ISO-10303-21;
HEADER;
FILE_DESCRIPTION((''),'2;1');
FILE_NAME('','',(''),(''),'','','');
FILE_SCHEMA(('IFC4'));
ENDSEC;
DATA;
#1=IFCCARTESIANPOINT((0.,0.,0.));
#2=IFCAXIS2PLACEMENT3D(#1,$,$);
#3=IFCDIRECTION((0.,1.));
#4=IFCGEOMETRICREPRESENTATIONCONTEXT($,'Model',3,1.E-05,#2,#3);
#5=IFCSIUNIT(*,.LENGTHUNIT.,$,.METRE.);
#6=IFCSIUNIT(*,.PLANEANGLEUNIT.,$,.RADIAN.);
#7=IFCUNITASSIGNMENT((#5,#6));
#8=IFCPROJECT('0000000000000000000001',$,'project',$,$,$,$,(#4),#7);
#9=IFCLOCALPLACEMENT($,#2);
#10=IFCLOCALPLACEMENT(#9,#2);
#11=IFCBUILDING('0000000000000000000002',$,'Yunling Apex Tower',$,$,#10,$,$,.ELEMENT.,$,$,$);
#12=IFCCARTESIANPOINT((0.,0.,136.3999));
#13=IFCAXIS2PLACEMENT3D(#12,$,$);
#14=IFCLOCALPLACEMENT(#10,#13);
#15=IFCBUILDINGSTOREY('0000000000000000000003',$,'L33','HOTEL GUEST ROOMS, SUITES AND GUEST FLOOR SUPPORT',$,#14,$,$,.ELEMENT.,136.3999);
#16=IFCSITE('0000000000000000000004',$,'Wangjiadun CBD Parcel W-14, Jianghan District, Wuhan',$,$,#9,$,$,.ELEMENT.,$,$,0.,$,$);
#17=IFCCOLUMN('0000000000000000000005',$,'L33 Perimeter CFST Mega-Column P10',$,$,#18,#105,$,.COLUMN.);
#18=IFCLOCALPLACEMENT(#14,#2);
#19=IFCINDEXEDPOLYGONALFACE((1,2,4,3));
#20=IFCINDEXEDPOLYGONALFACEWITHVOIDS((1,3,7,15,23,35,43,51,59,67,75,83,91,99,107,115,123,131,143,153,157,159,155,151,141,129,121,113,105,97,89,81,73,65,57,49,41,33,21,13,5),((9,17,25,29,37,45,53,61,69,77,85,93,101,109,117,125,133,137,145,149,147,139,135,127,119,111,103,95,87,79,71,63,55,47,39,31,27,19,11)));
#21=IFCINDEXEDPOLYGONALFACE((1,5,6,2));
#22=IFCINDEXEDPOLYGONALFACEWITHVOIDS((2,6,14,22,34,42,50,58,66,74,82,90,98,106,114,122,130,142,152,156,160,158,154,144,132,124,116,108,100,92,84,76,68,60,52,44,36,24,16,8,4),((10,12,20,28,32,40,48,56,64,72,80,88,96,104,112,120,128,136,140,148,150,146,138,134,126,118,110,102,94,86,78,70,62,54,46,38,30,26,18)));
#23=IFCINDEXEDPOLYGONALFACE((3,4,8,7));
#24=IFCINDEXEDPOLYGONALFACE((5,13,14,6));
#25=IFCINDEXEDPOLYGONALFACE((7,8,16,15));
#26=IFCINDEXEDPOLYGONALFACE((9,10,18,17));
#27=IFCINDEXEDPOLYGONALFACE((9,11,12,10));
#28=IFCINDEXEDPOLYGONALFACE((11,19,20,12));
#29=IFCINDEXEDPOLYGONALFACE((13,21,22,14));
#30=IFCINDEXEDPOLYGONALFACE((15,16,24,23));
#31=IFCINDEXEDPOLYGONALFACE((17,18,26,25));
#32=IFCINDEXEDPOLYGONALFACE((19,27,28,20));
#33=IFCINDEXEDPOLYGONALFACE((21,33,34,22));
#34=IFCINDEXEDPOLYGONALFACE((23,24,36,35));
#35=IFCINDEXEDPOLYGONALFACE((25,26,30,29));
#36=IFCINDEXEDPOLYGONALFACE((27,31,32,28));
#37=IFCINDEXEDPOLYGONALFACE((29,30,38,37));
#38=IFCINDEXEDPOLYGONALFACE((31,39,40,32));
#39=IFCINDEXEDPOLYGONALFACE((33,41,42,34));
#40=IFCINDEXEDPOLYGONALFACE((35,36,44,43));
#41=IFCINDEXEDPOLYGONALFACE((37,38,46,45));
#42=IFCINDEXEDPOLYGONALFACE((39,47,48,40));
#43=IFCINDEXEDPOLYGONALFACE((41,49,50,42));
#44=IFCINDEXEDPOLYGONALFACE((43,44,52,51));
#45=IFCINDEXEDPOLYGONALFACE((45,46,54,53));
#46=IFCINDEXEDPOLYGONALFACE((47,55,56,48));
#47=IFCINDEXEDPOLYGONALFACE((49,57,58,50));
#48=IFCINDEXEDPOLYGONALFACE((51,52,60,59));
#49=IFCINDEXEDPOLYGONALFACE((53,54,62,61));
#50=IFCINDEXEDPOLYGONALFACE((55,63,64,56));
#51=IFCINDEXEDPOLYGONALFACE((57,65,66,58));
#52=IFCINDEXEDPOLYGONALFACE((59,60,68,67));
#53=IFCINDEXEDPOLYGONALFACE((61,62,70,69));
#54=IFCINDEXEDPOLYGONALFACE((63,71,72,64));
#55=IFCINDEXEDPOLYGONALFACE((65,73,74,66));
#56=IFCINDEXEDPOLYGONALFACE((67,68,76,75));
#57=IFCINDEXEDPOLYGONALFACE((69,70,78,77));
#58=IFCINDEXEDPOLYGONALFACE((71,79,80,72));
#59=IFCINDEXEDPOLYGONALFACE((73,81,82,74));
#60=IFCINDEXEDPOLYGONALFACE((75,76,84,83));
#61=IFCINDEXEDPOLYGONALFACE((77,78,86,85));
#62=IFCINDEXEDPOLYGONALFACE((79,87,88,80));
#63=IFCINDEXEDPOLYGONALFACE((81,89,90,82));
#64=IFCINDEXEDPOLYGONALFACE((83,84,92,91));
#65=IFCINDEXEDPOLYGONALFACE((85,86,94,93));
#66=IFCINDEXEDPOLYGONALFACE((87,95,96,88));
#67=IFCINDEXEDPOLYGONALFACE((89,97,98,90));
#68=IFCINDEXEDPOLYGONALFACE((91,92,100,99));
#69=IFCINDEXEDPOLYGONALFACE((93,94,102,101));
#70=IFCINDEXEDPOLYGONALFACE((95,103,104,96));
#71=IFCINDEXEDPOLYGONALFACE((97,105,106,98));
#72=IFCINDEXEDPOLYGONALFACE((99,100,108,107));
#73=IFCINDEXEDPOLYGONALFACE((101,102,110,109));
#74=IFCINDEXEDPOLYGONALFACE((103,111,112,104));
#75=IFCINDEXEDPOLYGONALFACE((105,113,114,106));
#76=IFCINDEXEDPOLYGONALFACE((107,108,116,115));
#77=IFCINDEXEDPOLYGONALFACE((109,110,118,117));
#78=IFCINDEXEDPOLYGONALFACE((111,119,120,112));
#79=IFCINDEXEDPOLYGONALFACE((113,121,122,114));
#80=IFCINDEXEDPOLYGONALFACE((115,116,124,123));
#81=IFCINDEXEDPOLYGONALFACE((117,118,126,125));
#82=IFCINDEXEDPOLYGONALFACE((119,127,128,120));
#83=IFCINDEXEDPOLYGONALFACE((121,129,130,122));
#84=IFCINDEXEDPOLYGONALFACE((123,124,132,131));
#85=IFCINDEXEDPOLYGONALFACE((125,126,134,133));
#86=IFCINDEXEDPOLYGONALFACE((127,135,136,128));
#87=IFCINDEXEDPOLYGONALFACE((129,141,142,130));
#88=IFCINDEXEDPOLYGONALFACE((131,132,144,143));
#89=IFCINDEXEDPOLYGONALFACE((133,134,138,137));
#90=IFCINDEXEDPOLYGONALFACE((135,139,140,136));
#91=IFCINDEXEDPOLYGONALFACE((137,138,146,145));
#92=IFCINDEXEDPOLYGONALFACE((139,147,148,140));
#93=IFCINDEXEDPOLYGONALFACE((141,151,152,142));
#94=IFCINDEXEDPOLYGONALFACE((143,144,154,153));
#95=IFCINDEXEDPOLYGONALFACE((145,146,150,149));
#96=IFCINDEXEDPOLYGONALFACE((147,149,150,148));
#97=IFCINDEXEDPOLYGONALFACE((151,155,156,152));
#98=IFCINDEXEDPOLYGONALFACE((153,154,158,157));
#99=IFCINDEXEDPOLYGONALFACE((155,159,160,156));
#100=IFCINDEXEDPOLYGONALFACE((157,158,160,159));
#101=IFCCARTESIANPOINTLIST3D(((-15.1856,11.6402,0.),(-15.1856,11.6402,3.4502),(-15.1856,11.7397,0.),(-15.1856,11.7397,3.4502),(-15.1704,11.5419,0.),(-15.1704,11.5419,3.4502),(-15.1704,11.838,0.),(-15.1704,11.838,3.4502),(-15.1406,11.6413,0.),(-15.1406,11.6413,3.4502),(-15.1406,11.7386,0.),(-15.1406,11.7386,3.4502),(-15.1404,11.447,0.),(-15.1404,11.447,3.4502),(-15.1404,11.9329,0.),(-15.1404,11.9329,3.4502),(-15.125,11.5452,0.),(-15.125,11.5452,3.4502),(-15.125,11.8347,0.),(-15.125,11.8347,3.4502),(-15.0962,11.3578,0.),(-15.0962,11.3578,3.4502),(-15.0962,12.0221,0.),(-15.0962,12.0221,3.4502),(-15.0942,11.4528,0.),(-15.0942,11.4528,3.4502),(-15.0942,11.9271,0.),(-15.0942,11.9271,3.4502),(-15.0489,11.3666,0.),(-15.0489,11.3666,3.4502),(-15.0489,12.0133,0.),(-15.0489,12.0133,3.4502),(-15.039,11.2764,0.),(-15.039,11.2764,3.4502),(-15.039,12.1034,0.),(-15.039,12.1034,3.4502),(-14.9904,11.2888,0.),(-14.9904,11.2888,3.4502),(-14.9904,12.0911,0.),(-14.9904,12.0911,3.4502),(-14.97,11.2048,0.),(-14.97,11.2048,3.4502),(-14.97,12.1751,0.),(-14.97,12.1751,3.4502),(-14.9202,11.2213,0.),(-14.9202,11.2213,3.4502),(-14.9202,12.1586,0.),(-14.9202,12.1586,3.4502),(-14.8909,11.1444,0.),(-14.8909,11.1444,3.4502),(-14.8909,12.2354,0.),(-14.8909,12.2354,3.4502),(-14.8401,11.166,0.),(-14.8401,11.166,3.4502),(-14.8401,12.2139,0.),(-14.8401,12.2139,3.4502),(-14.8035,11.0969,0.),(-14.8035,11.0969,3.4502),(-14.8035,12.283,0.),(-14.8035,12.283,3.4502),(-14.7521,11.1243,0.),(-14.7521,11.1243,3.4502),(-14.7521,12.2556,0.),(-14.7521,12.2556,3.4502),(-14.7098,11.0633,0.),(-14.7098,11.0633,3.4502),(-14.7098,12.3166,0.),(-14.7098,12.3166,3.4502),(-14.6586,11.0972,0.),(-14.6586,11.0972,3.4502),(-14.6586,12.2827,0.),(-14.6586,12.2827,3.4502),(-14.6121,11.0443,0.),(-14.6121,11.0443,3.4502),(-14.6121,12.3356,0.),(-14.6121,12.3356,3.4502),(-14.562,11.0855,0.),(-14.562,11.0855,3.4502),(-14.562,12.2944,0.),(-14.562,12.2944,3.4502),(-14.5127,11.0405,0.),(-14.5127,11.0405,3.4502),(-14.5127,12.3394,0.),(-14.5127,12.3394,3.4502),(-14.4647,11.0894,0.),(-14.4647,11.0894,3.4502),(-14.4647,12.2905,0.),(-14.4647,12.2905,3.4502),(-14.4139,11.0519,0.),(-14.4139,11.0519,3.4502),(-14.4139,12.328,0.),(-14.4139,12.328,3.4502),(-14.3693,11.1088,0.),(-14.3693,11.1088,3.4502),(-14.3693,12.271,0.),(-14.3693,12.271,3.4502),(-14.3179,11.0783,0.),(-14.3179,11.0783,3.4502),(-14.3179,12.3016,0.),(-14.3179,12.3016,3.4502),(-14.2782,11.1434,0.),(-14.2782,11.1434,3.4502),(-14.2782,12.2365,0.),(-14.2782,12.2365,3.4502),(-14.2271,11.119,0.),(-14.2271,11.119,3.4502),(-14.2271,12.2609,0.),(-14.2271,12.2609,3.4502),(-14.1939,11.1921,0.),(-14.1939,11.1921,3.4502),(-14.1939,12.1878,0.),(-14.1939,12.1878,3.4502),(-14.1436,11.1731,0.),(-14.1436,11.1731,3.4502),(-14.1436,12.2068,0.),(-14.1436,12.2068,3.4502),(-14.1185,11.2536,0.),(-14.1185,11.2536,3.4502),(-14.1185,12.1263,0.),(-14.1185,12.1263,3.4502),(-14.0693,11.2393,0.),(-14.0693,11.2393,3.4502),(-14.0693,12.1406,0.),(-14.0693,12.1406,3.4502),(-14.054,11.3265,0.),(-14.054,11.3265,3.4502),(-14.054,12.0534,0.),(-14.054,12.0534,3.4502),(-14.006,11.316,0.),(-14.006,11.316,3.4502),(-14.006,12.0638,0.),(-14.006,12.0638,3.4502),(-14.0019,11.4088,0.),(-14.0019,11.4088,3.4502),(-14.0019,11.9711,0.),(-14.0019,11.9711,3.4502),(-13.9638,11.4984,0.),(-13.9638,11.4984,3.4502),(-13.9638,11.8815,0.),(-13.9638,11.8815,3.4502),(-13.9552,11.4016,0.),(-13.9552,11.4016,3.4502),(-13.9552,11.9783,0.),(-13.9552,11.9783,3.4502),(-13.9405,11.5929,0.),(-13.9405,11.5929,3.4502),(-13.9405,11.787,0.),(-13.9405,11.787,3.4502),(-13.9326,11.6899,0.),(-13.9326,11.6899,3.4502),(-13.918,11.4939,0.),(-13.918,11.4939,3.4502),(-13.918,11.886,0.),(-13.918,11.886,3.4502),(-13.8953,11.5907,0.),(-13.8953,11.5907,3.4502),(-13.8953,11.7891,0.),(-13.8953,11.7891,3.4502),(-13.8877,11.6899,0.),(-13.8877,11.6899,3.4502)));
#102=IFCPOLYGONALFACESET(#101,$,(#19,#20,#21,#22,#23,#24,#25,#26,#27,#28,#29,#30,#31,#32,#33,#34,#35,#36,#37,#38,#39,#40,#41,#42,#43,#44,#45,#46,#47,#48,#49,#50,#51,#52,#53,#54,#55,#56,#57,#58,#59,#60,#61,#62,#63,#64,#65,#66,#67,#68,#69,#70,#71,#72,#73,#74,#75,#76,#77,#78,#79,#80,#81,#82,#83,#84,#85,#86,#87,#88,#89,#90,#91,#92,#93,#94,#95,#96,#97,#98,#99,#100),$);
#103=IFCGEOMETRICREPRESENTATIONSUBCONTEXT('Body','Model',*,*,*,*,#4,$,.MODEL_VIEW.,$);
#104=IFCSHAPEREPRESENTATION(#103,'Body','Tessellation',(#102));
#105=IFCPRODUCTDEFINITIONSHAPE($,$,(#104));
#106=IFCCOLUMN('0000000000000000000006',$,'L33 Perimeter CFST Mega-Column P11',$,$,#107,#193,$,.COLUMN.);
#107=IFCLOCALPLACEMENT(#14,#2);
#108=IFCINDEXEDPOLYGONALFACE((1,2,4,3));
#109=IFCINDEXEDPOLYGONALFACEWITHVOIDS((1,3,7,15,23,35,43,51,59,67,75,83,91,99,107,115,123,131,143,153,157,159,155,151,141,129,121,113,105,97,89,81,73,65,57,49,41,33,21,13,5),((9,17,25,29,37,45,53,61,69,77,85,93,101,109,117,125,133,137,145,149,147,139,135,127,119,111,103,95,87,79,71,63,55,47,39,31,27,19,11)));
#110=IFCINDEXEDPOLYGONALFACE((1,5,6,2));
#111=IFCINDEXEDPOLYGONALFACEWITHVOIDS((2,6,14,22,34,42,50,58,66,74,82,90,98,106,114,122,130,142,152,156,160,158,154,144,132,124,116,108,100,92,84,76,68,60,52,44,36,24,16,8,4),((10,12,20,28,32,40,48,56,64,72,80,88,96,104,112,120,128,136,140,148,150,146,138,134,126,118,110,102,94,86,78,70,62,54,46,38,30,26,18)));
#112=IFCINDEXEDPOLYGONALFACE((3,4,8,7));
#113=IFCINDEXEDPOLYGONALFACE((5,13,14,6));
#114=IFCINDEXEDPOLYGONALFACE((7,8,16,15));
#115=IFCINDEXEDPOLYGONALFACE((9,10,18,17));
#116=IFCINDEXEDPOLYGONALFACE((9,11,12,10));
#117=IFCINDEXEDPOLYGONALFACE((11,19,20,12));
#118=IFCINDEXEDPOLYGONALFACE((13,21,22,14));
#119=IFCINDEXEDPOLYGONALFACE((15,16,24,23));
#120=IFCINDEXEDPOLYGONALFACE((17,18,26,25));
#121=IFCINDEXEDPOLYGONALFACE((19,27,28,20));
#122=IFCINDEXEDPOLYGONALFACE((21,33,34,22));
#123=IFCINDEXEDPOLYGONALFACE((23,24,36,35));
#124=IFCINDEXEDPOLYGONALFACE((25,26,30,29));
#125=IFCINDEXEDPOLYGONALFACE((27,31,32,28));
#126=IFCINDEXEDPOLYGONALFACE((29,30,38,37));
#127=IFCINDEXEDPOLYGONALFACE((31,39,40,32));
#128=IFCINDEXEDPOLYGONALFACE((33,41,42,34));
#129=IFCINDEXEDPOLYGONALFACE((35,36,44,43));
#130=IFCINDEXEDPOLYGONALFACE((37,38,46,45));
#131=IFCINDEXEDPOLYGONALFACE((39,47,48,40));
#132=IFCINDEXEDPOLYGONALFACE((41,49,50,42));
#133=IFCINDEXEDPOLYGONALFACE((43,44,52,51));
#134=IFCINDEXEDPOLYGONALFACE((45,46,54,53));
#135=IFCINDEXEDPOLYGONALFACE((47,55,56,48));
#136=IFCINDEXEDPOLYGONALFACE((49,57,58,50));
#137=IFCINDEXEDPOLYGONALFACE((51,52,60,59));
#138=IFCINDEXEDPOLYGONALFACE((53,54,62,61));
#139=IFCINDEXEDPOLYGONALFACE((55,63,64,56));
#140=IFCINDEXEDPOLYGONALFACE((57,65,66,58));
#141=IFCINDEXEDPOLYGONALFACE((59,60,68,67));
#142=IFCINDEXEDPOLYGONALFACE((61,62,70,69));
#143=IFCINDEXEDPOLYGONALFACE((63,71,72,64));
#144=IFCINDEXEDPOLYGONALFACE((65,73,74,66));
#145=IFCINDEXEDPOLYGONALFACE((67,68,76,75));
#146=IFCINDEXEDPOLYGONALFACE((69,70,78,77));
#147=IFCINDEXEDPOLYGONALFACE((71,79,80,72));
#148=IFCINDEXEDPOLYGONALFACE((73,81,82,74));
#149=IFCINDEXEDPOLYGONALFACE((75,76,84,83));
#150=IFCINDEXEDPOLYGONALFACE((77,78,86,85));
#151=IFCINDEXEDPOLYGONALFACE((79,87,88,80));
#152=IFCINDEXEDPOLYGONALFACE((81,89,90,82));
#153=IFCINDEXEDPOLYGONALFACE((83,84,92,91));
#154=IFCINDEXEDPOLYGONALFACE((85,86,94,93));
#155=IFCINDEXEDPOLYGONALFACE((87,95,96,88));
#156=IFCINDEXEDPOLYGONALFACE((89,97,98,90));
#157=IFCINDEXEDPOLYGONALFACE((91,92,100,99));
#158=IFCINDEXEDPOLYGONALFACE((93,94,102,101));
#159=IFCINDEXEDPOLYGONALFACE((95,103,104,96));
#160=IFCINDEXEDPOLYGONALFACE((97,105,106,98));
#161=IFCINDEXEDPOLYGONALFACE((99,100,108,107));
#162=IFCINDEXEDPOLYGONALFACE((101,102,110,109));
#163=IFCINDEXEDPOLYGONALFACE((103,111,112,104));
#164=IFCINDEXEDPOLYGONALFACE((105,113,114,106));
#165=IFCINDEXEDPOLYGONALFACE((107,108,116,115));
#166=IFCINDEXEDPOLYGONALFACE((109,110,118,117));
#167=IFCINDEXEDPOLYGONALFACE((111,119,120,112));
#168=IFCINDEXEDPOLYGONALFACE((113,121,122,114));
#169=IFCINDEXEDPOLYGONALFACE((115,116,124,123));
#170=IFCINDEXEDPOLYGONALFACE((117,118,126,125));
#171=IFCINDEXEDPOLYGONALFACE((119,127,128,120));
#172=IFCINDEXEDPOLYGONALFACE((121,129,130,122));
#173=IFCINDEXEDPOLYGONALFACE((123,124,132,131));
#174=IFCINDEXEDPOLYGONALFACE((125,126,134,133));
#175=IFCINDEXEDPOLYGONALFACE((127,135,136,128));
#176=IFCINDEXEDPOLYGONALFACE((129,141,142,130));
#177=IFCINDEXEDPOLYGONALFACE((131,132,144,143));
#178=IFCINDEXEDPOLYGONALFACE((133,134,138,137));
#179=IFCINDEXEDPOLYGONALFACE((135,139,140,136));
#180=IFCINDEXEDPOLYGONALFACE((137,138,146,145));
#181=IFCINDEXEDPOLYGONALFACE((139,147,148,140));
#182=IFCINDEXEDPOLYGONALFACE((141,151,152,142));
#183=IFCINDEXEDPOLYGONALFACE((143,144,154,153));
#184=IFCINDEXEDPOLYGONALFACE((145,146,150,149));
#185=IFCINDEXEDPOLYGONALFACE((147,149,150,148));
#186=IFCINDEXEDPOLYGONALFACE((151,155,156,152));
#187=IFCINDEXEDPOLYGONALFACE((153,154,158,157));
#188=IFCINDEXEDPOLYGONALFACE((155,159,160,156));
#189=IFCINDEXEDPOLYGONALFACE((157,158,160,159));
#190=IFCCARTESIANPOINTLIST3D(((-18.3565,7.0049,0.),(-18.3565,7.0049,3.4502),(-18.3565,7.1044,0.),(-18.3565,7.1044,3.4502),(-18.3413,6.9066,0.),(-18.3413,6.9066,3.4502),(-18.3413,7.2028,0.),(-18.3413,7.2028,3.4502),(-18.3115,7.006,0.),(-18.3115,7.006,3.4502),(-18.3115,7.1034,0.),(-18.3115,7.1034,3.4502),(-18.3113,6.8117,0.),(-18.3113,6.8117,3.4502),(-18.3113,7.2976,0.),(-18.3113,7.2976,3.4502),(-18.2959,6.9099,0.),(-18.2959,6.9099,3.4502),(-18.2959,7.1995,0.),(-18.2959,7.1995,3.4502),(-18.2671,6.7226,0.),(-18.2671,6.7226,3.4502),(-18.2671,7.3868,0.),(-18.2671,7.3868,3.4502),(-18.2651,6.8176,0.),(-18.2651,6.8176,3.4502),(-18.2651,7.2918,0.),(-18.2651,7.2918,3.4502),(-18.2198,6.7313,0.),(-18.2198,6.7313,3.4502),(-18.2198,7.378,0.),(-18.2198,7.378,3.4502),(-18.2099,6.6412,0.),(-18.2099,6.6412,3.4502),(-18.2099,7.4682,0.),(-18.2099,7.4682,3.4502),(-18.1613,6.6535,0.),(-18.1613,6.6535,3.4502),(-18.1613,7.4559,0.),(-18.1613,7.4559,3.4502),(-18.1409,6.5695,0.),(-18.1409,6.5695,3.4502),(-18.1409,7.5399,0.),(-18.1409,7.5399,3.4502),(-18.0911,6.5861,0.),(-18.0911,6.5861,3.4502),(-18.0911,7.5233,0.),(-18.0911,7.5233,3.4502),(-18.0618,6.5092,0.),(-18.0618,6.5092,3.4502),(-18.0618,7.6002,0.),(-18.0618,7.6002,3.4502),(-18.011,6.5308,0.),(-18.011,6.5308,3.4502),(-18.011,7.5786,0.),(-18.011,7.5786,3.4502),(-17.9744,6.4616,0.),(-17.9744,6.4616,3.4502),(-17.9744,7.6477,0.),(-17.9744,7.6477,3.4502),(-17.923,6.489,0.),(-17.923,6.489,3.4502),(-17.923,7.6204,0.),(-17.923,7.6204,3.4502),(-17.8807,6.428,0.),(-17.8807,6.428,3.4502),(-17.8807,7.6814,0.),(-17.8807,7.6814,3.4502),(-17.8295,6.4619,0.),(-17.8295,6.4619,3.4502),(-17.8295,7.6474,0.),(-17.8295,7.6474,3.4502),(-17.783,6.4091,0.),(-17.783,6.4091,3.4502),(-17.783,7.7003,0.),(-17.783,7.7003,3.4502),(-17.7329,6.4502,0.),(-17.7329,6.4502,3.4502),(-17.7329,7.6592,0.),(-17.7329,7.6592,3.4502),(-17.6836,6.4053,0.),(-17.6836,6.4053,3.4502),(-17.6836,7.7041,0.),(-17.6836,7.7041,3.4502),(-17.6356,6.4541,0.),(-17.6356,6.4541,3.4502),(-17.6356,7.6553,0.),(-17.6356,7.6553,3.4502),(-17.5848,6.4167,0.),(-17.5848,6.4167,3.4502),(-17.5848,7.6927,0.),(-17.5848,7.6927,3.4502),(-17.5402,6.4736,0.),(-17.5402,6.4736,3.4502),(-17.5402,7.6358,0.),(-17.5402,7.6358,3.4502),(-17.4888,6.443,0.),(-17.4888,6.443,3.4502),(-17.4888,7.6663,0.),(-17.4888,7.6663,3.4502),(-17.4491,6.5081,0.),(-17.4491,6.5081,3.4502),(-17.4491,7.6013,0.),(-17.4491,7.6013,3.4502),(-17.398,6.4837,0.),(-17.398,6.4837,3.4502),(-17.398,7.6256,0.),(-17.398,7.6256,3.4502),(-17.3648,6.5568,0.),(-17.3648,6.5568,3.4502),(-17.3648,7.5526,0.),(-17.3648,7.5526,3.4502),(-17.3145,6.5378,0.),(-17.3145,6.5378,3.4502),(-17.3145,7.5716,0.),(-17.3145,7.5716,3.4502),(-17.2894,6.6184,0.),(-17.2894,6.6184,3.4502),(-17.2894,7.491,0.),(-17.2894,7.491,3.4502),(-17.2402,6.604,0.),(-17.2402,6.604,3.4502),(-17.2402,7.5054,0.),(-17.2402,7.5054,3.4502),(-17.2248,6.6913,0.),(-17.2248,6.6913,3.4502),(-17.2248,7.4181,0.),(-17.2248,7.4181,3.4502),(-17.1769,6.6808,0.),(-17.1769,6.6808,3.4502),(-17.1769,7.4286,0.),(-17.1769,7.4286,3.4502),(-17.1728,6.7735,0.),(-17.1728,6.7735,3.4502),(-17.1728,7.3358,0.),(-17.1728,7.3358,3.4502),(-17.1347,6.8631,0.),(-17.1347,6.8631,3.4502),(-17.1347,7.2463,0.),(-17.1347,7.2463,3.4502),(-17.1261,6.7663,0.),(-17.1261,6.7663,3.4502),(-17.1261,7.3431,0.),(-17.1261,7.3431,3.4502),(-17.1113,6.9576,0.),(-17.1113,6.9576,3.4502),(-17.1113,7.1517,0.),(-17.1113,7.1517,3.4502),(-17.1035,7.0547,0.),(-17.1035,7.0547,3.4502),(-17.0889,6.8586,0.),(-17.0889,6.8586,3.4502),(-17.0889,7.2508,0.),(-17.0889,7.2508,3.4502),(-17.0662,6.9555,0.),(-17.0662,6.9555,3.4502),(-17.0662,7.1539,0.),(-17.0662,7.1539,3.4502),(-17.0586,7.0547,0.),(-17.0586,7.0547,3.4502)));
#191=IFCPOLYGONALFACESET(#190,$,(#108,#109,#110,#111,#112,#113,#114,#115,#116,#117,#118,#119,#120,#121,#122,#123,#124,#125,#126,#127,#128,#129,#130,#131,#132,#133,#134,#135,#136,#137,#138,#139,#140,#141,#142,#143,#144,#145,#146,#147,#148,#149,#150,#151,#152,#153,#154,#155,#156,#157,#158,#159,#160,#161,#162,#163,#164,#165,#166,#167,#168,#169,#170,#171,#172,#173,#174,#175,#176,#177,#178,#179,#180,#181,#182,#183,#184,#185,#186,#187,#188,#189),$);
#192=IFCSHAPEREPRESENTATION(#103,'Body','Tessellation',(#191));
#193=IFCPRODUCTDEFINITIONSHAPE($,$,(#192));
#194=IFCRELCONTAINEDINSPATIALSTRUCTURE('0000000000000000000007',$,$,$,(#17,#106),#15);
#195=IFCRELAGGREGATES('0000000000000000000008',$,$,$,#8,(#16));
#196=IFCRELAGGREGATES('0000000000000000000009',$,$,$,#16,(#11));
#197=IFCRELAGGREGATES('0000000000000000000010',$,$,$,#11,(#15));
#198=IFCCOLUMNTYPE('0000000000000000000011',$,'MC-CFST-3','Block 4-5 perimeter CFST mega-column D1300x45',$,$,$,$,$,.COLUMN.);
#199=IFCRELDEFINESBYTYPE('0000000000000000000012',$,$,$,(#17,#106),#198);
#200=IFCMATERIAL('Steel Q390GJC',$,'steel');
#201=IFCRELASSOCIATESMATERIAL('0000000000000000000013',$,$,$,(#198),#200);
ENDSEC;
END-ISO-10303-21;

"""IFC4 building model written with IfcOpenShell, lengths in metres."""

from ifc_helpers import new_model, si_unit, direction, frame, origin, origin_2d, place, context, subcontext, project, spatial, hollow_circle, extrude, source, transform, mapped, material, material_profile, profile_set, type_object, element, save


model = new_model("IFC4")

# Units and contexts
model_context = context("Model", 3, precision=1e-05, world=origin(), true_north=direction((0.0, 1.0)))
body_context = subcontext(model_context, "Body", "Model", "MODEL_VIEW")
ifc_project = project(units=[si_unit("LENGTHUNIT", "METRE"), si_unit("PLANEANGLEUNIT", "RADIAN")], contexts=[model_context])

# Site, building, storey
site_placement = place(None, origin())
site = spatial("IfcSite", under=ifc_project, at=site_placement, Name="Wangjiadun CBD Parcel W-14, Jianghan District, Wuhan", CompositionType="ELEMENT", RefElevation=0.0)
building_placement = place(site_placement, origin())
building = spatial("IfcBuilding", under=site, at=building_placement, Name="Yunling Apex Tower", CompositionType="ELEMENT")
storey_placement = place(building_placement, frame((0.0, 0.0, 136.3999)))
storey = spatial("IfcBuildingStorey", under=building, at=storey_placement, Name="L33", Description="HOTEL GUEST ROOMS, SUITES AND GUEST FLOOR SUPPORT", CompositionType="ELEMENT", Elevation=136.3999)

# Columns
ifc_material_1 = material(Name="Steel Q390GJC", Category="steel")
ifc_material_profile_1 = material_profile(ifc_material_1, hollow_circle(Radius=0.6499, WallThickness=0.0449, at=origin_2d()))
ifc_profile_set_1 = profile_set([ifc_material_profile_1], Name="Steel Q390GJC")
column_type = type_object("IfcColumnType", Name="MC-CFST-3", Description="Block 4-5 perimeter CFST mega-column D1300x45", PredefinedType="COLUMN", material=ifc_profile_set_1)
shared_shape_1 = source(origin(), body_context, "Body", "SweptSolid", [
    extrude(hollow_circle(Radius=0.6499, WallThickness=0.0449, at=origin_2d()), origin(), (0.0, 0.0, 1.0), 3.4502),
])
for number, where, z_axis, x_axis, name in (
    (1, (-14.5376, 11.6899, 0.0), (0.0, 0.0, 1.0), (1.0, 0.0, 0.0), "L33 Perimeter CFST Mega-Column P10"),
    (2, (-17.7085, 7.0547, 0.0), (0.0, 0.0, 1.0), (1.0, 0.0, 0.0), "L33 Perimeter CFST Mega-Column P11"),
):
    element("IfcColumn", number, at=place(storey_placement, frame(where, z_axis=z_axis, x_axis=x_axis)), inside=storey, type_object=column_type, Name=name, PredefinedType="COLUMN", context=body_context, shape_type="MappedRepresentation", body=[
        mapped(shared_shape_1, transform((0.0, 0.0, 0.0), scale=1.0)),
    ])

save(model, "model.ifc")
